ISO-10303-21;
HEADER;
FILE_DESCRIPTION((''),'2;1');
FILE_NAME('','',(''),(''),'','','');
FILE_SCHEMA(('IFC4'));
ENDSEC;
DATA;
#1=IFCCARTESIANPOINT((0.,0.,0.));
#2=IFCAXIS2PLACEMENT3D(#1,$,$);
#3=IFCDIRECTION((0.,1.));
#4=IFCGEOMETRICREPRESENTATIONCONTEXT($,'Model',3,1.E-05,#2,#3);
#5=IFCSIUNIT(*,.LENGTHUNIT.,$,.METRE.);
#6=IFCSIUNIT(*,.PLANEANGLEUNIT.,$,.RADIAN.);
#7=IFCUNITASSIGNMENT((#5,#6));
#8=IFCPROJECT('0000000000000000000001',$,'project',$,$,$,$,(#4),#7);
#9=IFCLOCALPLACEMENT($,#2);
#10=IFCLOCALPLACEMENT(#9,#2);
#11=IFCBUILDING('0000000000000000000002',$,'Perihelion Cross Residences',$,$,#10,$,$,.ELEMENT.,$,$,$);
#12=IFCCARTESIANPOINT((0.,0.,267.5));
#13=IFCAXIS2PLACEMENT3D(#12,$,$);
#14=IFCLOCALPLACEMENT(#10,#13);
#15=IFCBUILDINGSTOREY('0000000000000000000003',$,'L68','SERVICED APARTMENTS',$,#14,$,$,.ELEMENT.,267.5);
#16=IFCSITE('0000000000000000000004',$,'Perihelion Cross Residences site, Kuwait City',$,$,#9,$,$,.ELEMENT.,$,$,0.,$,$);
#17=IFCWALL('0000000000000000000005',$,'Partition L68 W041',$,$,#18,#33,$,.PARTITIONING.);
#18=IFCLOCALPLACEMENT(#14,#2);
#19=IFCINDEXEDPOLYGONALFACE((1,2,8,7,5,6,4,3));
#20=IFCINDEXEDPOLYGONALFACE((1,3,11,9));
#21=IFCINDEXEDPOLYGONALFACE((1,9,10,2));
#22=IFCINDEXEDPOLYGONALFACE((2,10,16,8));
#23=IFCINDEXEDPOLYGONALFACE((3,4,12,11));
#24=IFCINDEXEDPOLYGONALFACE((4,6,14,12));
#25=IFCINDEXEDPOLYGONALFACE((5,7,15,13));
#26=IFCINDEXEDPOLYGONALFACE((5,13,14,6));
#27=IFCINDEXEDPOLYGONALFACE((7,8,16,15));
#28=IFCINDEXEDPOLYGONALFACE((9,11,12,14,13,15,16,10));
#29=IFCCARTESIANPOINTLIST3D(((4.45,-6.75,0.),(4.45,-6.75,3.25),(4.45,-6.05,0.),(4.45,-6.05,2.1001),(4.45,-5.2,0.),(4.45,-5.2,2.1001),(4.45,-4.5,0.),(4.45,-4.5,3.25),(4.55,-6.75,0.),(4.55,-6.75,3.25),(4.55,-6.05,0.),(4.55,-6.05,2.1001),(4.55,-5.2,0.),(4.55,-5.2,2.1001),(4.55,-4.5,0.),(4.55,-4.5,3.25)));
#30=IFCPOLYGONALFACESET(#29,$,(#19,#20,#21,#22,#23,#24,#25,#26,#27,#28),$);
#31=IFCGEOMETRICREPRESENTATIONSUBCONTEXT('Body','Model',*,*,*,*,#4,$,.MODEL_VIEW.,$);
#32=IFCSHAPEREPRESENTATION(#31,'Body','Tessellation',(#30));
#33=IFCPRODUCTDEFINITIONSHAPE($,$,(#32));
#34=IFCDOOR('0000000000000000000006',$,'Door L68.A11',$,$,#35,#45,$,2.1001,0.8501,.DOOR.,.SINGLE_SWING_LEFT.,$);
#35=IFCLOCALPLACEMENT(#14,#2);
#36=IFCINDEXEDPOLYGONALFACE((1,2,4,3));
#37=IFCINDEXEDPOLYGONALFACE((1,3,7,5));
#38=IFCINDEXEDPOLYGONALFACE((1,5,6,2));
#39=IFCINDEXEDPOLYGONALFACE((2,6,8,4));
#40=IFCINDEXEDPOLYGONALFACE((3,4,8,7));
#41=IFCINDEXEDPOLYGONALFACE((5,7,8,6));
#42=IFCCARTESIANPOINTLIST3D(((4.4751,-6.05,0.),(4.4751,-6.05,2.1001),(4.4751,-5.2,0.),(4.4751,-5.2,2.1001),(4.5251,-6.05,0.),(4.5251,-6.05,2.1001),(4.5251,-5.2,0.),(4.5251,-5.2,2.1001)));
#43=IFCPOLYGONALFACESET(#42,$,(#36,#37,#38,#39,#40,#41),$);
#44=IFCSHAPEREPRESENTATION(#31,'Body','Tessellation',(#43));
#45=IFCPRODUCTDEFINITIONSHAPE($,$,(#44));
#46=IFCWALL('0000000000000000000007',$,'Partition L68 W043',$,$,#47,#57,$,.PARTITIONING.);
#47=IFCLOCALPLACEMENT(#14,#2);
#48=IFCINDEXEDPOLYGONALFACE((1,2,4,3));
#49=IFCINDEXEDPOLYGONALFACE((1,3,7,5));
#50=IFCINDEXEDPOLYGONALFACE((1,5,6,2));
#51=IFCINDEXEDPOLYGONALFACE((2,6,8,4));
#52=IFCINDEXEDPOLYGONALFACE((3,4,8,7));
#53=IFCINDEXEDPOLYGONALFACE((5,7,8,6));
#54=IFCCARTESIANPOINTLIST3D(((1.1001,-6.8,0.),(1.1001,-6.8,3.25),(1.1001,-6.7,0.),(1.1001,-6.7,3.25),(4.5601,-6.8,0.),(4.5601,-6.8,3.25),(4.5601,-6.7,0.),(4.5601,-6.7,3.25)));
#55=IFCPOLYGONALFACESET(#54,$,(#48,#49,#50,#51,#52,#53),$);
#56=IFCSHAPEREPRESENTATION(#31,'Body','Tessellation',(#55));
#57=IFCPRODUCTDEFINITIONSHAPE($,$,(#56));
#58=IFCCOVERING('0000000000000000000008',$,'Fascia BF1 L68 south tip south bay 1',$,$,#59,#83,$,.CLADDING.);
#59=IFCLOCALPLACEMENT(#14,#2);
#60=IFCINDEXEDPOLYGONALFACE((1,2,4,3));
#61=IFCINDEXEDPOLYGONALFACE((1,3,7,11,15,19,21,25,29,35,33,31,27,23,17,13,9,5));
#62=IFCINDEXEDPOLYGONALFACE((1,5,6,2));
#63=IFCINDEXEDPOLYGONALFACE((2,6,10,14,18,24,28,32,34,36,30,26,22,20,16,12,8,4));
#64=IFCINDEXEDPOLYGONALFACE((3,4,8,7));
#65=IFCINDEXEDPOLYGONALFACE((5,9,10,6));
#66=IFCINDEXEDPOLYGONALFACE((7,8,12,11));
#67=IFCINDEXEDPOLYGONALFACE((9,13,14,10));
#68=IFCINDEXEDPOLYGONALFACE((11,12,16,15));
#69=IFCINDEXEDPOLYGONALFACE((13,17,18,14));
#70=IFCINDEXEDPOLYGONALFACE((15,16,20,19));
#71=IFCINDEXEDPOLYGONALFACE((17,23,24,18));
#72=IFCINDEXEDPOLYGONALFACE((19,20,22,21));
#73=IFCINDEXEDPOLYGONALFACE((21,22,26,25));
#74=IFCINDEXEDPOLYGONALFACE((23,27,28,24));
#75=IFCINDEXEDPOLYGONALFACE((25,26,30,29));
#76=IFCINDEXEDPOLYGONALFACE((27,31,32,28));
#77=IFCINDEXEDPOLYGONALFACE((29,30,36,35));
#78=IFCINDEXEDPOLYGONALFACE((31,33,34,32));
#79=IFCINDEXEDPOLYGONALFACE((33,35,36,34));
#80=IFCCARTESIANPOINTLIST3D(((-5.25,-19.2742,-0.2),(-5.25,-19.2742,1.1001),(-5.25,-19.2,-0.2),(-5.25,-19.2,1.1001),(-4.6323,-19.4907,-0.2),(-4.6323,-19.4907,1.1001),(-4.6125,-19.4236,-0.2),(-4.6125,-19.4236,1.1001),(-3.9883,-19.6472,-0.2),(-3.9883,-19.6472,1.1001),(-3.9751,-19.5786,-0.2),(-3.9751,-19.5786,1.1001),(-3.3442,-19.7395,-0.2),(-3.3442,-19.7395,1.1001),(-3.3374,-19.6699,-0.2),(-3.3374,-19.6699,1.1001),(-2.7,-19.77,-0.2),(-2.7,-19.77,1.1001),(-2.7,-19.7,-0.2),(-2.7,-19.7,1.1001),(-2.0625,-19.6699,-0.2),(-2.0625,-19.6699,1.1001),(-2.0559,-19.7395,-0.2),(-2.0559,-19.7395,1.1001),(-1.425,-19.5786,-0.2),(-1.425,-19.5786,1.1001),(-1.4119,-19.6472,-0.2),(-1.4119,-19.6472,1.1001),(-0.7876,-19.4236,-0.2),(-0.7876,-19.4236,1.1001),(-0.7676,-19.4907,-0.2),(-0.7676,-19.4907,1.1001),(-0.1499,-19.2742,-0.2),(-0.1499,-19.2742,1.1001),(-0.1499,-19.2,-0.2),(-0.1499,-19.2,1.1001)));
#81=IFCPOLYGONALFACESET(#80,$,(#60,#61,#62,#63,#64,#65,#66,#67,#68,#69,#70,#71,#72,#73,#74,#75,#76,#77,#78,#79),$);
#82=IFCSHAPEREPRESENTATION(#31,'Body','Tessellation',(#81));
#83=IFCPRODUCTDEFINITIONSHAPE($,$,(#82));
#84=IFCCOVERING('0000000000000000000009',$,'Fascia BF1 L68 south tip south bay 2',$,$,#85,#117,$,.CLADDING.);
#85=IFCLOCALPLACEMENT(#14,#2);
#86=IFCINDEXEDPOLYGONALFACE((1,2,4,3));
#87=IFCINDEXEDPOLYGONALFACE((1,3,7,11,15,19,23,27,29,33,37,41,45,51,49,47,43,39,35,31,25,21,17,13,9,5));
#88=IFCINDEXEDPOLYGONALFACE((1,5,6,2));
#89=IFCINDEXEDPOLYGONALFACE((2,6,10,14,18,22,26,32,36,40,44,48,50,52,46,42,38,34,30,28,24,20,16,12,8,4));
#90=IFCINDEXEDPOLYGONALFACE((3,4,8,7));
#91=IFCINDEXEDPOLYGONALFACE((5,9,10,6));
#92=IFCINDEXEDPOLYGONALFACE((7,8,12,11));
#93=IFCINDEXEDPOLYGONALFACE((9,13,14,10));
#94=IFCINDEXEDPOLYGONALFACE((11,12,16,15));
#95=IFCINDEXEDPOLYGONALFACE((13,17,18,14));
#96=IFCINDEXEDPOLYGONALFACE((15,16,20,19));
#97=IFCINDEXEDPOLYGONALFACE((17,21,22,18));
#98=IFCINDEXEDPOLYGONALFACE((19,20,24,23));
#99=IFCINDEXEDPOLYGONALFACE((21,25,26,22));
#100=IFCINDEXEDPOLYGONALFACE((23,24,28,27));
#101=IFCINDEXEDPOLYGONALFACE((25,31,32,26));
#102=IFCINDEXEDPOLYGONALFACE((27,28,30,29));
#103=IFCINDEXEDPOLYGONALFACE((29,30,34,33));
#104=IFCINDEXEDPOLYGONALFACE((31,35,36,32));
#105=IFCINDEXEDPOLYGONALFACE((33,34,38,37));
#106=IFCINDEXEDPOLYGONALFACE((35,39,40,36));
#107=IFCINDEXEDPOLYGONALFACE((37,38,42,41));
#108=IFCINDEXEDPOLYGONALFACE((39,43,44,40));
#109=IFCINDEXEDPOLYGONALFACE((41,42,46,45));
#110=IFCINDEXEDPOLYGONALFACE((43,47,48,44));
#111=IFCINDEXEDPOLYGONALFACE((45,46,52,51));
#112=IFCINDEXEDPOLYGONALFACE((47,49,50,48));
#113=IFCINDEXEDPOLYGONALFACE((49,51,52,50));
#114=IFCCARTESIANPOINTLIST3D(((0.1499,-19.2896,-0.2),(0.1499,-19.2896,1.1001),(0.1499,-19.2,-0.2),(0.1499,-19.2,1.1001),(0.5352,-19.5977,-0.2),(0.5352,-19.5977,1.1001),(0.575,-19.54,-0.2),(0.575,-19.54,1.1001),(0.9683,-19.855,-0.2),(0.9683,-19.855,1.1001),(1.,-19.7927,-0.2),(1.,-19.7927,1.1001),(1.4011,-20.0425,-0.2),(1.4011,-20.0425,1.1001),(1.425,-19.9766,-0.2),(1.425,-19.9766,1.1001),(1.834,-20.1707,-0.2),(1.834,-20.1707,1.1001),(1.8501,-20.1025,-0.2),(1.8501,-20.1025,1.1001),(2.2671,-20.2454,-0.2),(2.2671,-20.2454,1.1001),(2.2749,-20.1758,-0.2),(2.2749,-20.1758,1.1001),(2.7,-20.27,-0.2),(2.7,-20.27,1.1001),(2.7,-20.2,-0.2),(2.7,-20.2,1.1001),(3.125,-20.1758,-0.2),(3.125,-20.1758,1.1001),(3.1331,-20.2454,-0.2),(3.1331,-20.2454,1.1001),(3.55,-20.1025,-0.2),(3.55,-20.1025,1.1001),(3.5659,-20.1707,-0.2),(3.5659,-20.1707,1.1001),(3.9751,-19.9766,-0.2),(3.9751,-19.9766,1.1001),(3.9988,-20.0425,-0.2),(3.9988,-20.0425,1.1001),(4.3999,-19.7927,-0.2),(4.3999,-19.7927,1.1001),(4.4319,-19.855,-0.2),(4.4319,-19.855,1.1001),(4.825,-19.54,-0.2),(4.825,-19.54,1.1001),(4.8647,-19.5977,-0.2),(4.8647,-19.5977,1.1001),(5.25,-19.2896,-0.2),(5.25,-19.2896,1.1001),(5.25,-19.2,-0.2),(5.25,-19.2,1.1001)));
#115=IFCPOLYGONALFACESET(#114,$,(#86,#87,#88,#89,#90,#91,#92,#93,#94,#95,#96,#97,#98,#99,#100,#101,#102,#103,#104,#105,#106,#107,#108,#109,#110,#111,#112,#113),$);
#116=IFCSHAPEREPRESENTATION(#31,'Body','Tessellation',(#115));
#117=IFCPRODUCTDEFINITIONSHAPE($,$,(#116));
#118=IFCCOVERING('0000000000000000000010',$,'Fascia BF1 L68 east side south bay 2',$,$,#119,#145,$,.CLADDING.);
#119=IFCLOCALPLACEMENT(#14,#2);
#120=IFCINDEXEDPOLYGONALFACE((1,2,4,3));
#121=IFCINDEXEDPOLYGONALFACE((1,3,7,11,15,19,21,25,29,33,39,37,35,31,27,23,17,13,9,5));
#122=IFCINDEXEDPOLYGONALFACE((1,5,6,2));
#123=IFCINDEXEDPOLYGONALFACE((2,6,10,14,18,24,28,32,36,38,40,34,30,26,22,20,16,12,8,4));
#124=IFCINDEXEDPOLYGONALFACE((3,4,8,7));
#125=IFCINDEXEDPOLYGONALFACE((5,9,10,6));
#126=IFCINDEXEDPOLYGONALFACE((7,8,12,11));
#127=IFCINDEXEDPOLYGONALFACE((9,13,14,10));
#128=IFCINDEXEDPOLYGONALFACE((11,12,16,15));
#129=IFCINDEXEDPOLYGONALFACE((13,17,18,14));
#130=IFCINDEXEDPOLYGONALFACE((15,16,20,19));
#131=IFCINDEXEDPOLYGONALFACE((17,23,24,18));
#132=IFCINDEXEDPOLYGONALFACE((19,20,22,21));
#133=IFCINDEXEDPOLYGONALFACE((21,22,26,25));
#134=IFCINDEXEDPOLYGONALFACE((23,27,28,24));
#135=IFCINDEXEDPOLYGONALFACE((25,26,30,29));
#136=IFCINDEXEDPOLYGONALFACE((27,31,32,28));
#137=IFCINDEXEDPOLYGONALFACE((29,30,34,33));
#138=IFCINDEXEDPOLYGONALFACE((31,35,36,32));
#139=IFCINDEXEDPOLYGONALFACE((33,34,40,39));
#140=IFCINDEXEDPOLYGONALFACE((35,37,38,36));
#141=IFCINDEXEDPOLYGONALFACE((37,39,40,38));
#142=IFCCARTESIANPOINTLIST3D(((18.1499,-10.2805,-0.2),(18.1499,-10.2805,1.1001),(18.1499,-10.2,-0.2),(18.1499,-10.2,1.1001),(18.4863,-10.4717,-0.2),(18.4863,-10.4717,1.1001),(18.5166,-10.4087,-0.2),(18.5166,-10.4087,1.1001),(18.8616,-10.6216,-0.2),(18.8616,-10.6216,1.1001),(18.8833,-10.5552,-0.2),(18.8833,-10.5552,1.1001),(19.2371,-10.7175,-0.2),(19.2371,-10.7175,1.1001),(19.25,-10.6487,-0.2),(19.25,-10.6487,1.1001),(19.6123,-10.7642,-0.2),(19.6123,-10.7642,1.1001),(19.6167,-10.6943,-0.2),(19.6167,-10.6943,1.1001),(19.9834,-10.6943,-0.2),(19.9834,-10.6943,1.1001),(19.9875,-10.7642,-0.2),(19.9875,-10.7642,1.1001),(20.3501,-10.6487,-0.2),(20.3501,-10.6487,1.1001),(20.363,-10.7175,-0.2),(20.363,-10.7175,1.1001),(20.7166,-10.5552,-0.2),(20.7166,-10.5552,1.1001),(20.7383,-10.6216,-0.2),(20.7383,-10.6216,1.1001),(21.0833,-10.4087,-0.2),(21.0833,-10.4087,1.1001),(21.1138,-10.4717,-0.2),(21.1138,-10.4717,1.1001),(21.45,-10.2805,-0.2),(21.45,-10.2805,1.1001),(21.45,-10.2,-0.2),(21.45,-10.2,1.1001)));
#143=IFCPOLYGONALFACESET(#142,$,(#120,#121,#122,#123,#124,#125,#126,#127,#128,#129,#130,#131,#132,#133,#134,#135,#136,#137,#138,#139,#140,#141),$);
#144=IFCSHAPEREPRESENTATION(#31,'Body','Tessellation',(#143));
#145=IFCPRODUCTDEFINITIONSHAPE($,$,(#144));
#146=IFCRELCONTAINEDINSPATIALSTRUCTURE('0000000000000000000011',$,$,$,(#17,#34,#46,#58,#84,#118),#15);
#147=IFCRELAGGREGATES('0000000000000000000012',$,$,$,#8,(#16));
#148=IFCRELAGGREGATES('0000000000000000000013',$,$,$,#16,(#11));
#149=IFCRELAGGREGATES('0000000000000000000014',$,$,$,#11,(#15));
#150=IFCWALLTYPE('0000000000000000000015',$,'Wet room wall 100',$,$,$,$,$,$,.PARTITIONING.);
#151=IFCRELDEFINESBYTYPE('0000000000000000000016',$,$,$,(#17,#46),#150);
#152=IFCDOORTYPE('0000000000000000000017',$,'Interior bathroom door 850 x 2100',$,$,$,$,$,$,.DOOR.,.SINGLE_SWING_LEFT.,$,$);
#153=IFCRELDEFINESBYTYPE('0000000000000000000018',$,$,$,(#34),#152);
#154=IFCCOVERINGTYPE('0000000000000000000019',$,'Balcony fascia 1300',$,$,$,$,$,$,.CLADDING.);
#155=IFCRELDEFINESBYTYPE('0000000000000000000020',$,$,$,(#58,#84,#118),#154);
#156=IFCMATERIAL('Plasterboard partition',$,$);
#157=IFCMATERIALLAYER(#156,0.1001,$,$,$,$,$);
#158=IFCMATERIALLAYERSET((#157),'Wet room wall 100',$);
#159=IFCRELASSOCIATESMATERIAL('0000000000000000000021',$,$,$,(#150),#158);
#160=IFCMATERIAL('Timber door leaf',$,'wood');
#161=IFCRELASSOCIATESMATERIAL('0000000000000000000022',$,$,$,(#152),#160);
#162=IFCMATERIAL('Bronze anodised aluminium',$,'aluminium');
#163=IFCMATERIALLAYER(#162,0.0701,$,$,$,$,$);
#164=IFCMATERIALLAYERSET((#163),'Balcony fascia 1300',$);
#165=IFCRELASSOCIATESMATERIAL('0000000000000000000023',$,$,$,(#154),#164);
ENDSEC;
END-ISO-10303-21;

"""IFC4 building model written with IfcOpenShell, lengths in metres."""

from ifc_helpers import new_model, si_unit, direction, frame, frame_2d, origin, place, context, subcontext, project, spatial, polyline, rectangle, outline, extrude, material, layer, layer_set, type_object, element, fill, save


model = new_model("IFC4")

# Units and contexts
model_context = context("Model", 3, precision=1e-05, world=origin(), true_north=direction((0.0, 1.0)))
body_context = subcontext(model_context, "Body", "Model", "MODEL_VIEW")
ifc_project = project(units=[si_unit("LENGTHUNIT", "METRE"), si_unit("PLANEANGLEUNIT", "RADIAN")], contexts=[model_context])

# Site, building, storey
site_placement = place(None, origin())
site = spatial("IfcSite", under=ifc_project, at=site_placement, Name="Perihelion Cross Residences site, Kuwait City", CompositionType="ELEMENT", RefElevation=0.0)
building_placement = place(site_placement, origin())
building = spatial("IfcBuilding", under=site, at=building_placement, Name="Perihelion Cross Residences", CompositionType="ELEMENT")
storey_placement = place(building_placement, frame((0.0, 0.0, 267.5)))
storey = spatial("IfcBuildingStorey", under=building, at=storey_placement, Name="L68", Description="SERVICED APARTMENTS", CompositionType="ELEMENT", Elevation=267.5)

# Wall, opening, door
ifc_material_1 = material(Name="Plasterboard partition")
ifc_layer_1 = layer(ifc_material_1, 0.1001)
ifc_layer_set_1 = layer_set([ifc_layer_1], Name="Wet room wall 100")
wall_type_1 = type_object("IfcWallType", Name="Wet room wall 100", PredefinedType="PARTITIONING", material=ifc_layer_set_1)
wall_1_placement = place(storey_placement, frame((4.5, -6.75, 0.0), z_axis=(0.0, 0.0, 1.0), x_axis=(0.0, 1.0, 0.0)))
wall_1 = element("IfcWall", 1, at=wall_1_placement, inside=storey, type_object=wall_type_1, Name="Partition L68 W041", PredefinedType="PARTITIONING", context=body_context, shape_type="SweptSolid", body=[
    extrude(rectangle(XDim=2.25, YDim=0.1001, at=frame_2d((1.125, 0.0))), origin(), (0.0, 0.0, 1.0), 3.25),
])
opening_placement = place(wall_1_placement, frame((0.7, 0.0, 0.0)))
opening = element("IfcOpeningElement", 2, at=opening_placement, cuts=wall_1, PredefinedType="OPENING", context=body_context, shape_type="SweptSolid", body=[
    extrude(rectangle(XDim=0.8501, YDim=2.1001, at=frame_2d((0.425, 1.05))), frame((0.0, 0.0601, 0.0), z_axis=(0.0, -1.0, 0.0), x_axis=(1.0, 0.0, 0.0)), (0.0, 0.0, 1.0), 0.1201),
])
ifc_material_2 = material(Name="Timber door leaf", Category="wood")
door_type = type_object("IfcDoorType", Name="Interior bathroom door 850 x 2100", OperationType="SINGLE_SWING_LEFT", PredefinedType="DOOR", material=ifc_material_2)
door_placement = place(opening_placement, origin())
door = element("IfcDoor", 3, at=door_placement, inside=storey, type_object=door_type, Name="Door L68.A11", OperationType="SINGLE_SWING_LEFT", OverallHeight=2.1001, OverallWidth=0.8501, PredefinedType="DOOR", context=body_context, shape_type="SweptSolid", body=[
    extrude(rectangle(XDim=0.8501, YDim=2.1001, at=frame_2d((0.425, 1.05))), frame((0.0, 0.0249, 0.0), z_axis=(0.0, -1.0, 0.0), x_axis=(1.0, 0.0, 0.0)), (0.0, 0.0, 1.0), 0.05),
])
fill(opening, door)

# Wall
wall_2_placement = place(storey_placement, frame((4.5601, -6.75, 0.0), z_axis=(0.0, 0.0, 1.0), x_axis=(-1.0, 0.0, 0.0)))
element("IfcWall", 4, at=wall_2_placement, inside=storey, type_object=wall_type_1, Name="Partition L68 W043", PredefinedType="PARTITIONING", context=body_context, shape_type="SweptSolid", body=[
    extrude(rectangle(XDim=3.46, YDim=0.1001, at=frame_2d((1.73, 0.0))), origin(), (0.0, 0.0, 1.0), 3.25),
])

# Coverings
ifc_material_3 = material(Name="Bronze anodised aluminium", Category="aluminium")
ifc_layer_2 = layer(ifc_material_3, 0.0701)
ifc_layer_set_2 = layer_set([ifc_layer_2], Name="Balcony fascia 1300")
covering_type = type_object("IfcCoveringType", Name="Balcony fascia 1300", PredefinedType="CLADDING", material=ifc_layer_set_2)
covering_1_placement = place(storey_placement, frame((0.0, 0.0, -0.2)))
element("IfcCovering", 5, at=covering_1_placement, inside=storey, type_object=covering_type, Name="Fascia BF1 L68 south tip south bay 1", PredefinedType="CLADDING", context=body_context, shape_type="SweptSolid", body=[
    extrude(outline(polyline([(-4.6323, -19.4907), (-3.9883, -19.6472), (-3.3442, -19.7395), (-2.7, -19.77), (-2.0559, -19.7395), (-1.4119, -19.6472), (-0.7676, -19.4907), (-0.1499, -19.2742), (-0.1499, -19.2), (-0.7876, -19.4236), (-1.425, -19.5786), (-2.0625, -19.6699), (-2.7, -19.7), (-3.3374, -19.6699), (-3.9751, -19.5786), (-4.6125, -19.4236), (-5.25, -19.2), (-5.25, -19.2742), (-4.6323, -19.4907)])), origin(), (0.0, 0.0, 1.0), 1.3),
])
covering_2_placement = place(storey_placement, frame((0.0, 0.0, -0.2)))
element("IfcCovering", 6, at=covering_2_placement, inside=storey, type_object=covering_type, Name="Fascia BF1 L68 south tip south bay 2", PredefinedType="CLADDING", context=body_context, shape_type="SweptSolid", body=[
    extrude(outline(polyline([(0.5352, -19.5977), (0.9683, -19.855), (1.4011, -20.0425), (1.834, -20.1707), (2.2671, -20.2454), (2.7, -20.27), (3.1331, -20.2454), (3.5659, -20.1707), (3.9988, -20.0425), (4.4319, -19.855), (4.8647, -19.5977), (5.25, -19.2896), (5.25, -19.2), (4.825, -19.54), (4.3999, -19.7927), (3.9751, -19.9766), (3.55, -20.1025), (3.125, -20.1758), (2.7, -20.2), (2.2749, -20.1758), (1.8501, -20.1025), (1.425, -19.9766), (1.0, -19.7927), (0.575, -19.54), (0.1499, -19.2), (0.1499, -19.2896), (0.5352, -19.5977)])), origin(), (0.0, 0.0, 1.0), 1.3),
])
covering_3_placement = place(storey_placement, frame((0.0, 0.0, -0.2)))
element("IfcCovering", 7, at=covering_3_placement, inside=storey, type_object=covering_type, Name="Fascia BF1 L68 east side south bay 2", PredefinedType="CLADDING", context=body_context, shape_type="SweptSolid", body=[
    extrude(outline(polyline([(18.4863, -10.4717), (18.8616, -10.6216), (19.2371, -10.7175), (19.6123, -10.7642), (19.9875, -10.7642), (20.363, -10.7175), (20.7383, -10.6216), (21.1138, -10.4717), (21.45, -10.2805), (21.45, -10.2), (21.0833, -10.4087), (20.7166, -10.5552), (20.3501, -10.6487), (19.9834, -10.6943), (19.6167, -10.6943), (19.25, -10.6487), (18.8833, -10.5552), (18.5166, -10.4087), (18.1499, -10.2), (18.1499, -10.2805), (18.4863, -10.4717)])), origin(), (0.0, 0.0, 1.0), 1.3),
])

save(model, "model.ifc")
